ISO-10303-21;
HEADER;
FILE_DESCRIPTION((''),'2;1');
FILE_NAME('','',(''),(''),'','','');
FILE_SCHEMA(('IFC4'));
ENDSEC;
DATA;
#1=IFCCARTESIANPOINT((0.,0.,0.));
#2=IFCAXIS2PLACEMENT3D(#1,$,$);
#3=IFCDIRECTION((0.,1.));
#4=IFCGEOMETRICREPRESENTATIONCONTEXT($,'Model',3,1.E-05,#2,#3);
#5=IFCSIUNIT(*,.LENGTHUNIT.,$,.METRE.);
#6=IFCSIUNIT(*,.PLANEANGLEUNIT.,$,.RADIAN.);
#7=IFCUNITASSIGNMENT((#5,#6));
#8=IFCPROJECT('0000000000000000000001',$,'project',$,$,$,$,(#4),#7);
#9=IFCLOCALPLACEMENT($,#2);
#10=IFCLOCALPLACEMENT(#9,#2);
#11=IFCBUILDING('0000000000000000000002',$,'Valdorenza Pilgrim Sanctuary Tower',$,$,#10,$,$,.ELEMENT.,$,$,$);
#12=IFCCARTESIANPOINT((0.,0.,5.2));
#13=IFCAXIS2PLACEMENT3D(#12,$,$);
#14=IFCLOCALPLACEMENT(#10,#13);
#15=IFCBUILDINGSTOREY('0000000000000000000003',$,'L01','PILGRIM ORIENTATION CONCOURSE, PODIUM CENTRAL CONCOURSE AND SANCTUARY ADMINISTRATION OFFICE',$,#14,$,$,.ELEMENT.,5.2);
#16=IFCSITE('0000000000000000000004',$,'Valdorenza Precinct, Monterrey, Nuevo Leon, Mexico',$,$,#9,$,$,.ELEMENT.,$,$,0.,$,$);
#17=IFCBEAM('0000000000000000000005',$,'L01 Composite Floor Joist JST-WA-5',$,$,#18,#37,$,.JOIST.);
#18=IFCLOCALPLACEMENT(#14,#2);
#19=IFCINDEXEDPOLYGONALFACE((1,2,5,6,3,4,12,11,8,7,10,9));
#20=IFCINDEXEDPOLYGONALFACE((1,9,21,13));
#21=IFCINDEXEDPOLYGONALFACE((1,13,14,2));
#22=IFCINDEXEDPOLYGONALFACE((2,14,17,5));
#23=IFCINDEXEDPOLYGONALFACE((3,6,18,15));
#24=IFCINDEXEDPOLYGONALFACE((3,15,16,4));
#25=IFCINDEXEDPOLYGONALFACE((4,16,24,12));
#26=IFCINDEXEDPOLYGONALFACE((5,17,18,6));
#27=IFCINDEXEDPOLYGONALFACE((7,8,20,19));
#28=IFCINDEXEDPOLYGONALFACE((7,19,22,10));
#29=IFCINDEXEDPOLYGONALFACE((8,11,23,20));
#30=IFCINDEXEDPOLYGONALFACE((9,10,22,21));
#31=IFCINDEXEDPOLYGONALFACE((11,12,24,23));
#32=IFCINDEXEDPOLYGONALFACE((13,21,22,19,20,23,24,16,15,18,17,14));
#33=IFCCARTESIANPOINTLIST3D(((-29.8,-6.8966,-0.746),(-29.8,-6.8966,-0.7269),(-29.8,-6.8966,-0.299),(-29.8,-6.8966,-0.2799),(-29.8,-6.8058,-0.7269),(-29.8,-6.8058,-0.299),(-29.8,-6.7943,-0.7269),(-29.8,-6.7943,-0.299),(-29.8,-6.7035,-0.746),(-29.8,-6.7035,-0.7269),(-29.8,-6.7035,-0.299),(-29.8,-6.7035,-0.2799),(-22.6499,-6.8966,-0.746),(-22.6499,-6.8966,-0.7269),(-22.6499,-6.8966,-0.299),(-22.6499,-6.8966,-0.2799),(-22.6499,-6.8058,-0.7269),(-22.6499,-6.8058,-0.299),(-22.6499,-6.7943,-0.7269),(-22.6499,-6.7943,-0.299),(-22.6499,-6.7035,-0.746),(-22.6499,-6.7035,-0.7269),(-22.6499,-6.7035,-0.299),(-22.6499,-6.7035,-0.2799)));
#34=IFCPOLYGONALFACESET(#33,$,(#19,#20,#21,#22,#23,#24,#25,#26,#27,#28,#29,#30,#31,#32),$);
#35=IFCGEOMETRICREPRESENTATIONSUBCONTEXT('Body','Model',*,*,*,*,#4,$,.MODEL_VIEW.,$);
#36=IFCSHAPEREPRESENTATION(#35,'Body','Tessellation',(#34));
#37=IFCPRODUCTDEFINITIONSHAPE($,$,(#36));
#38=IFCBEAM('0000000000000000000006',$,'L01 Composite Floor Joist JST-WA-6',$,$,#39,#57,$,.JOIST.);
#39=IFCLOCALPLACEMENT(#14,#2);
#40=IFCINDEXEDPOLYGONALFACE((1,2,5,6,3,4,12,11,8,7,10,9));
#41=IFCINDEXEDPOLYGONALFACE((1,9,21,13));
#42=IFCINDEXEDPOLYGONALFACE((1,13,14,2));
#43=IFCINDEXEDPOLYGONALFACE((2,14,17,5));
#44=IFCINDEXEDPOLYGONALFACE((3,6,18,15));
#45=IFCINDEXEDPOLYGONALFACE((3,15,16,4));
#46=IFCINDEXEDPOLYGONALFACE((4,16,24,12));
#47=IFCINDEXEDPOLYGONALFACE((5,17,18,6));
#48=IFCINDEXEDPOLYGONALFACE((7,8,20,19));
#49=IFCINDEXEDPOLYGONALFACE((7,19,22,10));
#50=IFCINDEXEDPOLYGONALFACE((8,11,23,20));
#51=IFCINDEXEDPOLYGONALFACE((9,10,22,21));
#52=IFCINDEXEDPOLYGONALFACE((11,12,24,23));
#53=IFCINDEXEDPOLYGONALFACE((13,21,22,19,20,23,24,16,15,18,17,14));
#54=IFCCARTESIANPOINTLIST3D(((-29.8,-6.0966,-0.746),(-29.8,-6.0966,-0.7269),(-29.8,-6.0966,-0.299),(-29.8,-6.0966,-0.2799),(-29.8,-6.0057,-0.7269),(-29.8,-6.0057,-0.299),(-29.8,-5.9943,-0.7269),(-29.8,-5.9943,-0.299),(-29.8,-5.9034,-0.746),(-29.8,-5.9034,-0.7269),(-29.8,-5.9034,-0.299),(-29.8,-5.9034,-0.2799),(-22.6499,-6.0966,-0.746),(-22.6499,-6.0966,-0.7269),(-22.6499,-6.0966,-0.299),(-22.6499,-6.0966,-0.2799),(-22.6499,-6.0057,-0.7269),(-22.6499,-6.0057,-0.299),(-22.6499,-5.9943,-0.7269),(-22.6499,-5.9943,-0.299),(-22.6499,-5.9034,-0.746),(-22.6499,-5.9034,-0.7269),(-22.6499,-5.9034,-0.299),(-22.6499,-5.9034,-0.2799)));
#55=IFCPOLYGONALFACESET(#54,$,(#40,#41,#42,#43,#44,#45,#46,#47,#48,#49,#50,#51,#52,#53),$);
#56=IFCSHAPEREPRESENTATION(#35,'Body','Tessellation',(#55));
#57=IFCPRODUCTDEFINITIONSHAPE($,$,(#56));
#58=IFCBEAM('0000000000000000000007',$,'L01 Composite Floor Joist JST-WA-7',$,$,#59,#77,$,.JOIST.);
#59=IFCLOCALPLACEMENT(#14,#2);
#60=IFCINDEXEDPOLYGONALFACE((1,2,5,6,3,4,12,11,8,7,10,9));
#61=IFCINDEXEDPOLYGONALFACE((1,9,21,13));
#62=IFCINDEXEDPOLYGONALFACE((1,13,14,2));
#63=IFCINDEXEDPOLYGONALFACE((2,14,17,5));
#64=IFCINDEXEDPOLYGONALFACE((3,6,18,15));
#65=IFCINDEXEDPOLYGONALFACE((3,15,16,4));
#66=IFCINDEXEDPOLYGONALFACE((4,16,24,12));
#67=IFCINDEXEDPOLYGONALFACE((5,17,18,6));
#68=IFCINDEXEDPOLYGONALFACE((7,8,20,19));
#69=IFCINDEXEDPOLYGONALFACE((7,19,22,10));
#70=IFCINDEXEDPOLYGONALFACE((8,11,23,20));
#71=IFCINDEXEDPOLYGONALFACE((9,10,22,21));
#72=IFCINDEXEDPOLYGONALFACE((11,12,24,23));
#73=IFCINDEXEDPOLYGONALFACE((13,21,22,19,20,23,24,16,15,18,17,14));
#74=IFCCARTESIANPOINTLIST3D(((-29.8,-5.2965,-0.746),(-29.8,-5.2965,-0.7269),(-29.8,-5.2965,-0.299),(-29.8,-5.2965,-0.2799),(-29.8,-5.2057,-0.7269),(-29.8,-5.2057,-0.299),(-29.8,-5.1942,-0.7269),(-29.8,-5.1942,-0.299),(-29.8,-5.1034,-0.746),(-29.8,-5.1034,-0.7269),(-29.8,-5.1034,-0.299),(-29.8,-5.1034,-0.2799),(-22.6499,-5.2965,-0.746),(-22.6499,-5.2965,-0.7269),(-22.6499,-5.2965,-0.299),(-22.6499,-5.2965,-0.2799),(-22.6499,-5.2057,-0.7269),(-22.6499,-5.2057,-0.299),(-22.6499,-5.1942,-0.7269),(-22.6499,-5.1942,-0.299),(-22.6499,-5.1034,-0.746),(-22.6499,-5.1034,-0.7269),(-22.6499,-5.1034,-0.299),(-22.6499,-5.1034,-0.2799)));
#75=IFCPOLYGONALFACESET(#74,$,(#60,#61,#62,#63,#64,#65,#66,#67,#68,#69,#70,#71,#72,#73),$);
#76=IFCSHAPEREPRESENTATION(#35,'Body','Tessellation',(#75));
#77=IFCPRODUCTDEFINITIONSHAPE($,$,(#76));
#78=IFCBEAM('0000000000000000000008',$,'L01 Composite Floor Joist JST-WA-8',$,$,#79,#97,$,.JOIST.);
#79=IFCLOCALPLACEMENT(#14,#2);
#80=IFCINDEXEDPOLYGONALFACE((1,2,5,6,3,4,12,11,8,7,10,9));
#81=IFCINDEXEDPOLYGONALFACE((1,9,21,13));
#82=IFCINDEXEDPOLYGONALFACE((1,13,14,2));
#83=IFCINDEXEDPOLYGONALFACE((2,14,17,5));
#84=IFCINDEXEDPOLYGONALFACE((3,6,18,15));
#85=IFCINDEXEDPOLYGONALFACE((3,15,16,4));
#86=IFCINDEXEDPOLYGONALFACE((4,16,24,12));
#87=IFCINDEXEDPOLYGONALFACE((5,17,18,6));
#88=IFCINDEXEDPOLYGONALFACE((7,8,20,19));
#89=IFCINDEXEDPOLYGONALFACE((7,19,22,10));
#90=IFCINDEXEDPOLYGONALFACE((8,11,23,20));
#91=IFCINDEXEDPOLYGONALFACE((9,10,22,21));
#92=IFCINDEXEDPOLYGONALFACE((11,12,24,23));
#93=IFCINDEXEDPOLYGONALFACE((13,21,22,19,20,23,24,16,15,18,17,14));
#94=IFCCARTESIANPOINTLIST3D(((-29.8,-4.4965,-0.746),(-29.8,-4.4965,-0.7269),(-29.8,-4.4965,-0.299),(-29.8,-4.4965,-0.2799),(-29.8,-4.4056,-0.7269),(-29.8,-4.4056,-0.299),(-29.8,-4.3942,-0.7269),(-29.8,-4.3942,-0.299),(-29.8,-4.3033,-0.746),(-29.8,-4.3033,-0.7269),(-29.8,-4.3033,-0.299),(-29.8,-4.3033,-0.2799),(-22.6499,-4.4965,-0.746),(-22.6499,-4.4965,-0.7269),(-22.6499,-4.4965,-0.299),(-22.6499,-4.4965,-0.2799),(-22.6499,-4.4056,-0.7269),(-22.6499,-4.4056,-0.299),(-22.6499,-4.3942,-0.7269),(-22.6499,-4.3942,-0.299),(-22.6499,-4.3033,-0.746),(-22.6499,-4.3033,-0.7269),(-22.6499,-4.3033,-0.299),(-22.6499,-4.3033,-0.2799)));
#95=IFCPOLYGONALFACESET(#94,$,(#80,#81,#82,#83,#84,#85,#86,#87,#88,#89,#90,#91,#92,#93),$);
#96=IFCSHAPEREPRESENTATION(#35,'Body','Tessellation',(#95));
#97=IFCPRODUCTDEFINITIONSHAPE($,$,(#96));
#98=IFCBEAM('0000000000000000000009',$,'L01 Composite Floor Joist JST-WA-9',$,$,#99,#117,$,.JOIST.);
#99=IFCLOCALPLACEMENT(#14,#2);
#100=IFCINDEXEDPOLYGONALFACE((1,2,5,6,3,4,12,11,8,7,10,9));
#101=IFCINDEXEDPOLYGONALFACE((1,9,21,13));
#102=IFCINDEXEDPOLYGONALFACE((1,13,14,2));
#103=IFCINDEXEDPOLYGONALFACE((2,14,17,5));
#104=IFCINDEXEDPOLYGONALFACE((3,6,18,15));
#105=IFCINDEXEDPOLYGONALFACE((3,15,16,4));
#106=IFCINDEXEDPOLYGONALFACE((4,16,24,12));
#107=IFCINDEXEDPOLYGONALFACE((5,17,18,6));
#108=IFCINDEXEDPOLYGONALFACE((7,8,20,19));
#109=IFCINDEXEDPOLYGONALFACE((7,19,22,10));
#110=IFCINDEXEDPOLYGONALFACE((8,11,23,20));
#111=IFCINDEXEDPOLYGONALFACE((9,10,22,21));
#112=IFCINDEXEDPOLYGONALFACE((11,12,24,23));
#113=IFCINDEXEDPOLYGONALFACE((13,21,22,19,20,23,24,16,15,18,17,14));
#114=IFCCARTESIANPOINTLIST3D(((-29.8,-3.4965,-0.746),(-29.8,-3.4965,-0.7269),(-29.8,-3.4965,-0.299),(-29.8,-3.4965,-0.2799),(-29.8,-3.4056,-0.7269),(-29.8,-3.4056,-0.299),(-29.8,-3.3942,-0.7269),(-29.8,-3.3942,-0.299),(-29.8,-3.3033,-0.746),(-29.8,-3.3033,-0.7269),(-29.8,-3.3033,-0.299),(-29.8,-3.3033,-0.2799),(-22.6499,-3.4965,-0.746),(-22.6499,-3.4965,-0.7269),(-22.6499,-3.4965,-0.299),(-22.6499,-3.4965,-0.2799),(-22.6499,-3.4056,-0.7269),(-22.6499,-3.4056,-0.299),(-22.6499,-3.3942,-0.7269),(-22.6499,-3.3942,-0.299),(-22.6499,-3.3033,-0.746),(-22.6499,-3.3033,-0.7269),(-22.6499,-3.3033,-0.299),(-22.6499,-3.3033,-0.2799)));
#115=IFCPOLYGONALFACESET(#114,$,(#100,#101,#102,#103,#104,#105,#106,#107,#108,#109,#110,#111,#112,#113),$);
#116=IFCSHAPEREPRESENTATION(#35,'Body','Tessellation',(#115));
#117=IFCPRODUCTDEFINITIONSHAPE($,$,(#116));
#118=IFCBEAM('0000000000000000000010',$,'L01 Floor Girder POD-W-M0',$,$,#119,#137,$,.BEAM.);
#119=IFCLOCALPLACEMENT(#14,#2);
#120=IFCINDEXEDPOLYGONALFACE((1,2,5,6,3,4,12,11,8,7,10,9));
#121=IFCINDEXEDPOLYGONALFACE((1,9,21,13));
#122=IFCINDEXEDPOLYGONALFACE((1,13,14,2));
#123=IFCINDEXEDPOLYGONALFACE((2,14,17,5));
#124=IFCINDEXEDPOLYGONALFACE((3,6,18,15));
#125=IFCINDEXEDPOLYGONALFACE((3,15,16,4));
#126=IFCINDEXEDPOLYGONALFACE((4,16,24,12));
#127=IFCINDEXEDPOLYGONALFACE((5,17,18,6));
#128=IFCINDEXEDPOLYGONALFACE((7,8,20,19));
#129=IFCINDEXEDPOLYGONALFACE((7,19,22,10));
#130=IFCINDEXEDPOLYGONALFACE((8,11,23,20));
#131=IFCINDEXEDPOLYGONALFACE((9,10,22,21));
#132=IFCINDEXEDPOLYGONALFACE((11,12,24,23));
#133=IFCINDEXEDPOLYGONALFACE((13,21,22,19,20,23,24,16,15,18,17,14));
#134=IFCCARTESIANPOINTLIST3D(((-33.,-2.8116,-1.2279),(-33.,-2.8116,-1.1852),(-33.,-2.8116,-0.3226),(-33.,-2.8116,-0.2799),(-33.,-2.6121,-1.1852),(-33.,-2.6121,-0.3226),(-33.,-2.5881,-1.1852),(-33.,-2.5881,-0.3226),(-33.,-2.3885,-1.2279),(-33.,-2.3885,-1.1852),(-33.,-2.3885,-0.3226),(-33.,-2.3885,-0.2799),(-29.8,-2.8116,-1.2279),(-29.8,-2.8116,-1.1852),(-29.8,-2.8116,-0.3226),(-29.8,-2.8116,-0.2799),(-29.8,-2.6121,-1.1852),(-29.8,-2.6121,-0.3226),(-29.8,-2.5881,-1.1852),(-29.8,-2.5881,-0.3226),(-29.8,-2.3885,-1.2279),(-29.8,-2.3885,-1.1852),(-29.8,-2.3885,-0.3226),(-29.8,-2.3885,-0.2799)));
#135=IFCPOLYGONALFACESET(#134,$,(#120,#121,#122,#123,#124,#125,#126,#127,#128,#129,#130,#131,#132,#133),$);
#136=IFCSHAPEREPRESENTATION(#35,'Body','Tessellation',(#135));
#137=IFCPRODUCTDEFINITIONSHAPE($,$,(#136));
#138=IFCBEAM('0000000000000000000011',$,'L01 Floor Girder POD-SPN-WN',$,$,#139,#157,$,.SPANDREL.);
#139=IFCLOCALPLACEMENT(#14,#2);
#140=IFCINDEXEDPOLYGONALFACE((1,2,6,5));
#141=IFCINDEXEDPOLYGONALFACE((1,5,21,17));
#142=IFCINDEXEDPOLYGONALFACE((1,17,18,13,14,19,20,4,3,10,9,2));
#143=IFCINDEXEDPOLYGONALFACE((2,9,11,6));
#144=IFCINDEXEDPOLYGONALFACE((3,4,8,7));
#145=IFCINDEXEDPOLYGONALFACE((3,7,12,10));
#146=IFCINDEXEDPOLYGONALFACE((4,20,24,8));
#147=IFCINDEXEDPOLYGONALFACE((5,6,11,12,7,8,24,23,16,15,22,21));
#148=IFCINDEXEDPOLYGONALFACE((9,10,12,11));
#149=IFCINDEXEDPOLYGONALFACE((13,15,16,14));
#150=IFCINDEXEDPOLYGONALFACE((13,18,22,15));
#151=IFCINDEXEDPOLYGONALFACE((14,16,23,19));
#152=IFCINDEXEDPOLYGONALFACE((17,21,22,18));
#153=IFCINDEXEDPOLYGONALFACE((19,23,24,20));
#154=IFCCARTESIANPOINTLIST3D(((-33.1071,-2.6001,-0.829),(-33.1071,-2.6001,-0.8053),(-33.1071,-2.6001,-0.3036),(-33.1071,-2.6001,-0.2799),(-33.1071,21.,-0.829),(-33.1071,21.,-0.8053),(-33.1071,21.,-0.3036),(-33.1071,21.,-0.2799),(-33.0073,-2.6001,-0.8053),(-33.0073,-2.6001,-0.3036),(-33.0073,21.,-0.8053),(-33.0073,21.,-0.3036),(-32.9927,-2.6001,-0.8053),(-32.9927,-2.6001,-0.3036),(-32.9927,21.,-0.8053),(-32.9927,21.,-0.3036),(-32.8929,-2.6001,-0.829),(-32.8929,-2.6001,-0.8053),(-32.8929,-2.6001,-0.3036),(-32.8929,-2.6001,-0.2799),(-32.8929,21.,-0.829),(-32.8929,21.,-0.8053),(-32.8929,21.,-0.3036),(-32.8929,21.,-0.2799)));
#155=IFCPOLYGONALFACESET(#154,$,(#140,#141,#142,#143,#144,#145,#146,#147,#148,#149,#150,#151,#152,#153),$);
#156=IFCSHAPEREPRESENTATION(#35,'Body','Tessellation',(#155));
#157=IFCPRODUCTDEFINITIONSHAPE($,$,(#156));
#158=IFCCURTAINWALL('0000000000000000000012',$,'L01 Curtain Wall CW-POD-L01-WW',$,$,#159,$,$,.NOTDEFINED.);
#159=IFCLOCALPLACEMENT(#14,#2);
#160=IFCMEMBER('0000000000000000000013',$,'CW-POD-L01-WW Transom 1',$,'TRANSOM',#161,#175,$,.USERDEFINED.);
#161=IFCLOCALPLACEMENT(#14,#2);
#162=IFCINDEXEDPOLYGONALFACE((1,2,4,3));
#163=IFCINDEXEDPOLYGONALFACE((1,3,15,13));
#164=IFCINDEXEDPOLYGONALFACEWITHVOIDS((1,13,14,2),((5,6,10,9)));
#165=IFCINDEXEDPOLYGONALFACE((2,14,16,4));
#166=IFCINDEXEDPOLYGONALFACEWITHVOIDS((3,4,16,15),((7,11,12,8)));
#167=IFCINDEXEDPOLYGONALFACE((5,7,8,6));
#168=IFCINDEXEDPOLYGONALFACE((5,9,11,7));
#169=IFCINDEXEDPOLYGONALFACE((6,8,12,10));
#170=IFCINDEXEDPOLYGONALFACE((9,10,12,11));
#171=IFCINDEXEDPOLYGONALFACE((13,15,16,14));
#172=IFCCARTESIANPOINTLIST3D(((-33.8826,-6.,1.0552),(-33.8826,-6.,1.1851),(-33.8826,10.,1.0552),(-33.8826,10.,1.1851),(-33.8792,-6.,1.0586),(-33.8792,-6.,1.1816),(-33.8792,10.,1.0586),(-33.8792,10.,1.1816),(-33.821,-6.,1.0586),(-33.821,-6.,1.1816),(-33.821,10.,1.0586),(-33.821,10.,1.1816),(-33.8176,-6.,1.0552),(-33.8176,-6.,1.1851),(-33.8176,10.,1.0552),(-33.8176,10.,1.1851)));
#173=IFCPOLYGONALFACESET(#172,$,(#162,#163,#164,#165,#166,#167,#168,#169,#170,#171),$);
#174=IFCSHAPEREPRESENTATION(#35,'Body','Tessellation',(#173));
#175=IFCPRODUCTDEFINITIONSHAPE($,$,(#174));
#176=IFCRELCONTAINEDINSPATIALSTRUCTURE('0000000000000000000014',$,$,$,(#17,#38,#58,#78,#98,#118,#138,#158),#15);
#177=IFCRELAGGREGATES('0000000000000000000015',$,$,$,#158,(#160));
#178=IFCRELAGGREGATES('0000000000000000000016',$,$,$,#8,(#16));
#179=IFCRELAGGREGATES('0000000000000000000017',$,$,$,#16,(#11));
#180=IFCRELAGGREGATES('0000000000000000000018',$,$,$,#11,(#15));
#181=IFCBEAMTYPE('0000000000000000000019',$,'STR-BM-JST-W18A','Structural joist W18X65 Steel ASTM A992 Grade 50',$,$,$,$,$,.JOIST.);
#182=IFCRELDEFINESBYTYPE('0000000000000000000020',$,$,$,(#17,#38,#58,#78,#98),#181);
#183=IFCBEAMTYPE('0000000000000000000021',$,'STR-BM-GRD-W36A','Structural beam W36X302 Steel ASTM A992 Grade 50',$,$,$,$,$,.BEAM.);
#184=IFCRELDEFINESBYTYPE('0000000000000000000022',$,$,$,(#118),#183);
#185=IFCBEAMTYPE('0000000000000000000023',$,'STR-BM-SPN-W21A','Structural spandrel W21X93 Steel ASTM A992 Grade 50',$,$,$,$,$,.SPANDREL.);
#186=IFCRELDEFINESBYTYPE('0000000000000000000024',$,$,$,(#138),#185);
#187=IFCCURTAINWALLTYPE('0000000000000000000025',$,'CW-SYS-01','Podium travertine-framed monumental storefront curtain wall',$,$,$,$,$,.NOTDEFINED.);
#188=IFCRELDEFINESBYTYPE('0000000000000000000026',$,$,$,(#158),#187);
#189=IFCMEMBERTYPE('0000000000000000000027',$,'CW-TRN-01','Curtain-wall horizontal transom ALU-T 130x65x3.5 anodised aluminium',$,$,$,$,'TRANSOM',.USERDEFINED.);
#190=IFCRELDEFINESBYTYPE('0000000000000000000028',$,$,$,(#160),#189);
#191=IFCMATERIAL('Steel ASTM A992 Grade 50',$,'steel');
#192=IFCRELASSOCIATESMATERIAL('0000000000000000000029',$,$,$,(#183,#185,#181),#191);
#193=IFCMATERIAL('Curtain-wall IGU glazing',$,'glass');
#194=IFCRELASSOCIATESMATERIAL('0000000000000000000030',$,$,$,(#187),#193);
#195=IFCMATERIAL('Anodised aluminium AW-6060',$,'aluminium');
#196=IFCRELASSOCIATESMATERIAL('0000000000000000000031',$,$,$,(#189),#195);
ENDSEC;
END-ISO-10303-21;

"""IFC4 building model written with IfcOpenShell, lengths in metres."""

from ifc_helpers import new_model, si_unit, direction, frame, origin, origin_2d, place, context, subcontext, project, spatial, hollow_rectangle, i_section, extrude, source, transform, mapped, material, material_profile, profile_set, type_object, element, aggregate, save


model = new_model("IFC4")

# Units and contexts
model_context = context("Model", 3, precision=1e-05, world=origin(), true_north=direction((0.0, 1.0)))
body_context = subcontext(model_context, "Body", "Model", "MODEL_VIEW")
ifc_project = project(units=[si_unit("LENGTHUNIT", "METRE"), si_unit("PLANEANGLEUNIT", "RADIAN")], contexts=[model_context])

# Site, building, storey
site_placement = place(None, origin())
site = spatial("IfcSite", under=ifc_project, at=site_placement, Name="Valdorenza Precinct, Monterrey, Nuevo Leon, Mexico", CompositionType="ELEMENT", RefElevation=0.0)
building_placement = place(site_placement, origin())
building = spatial("IfcBuilding", under=site, at=building_placement, Name="Valdorenza Pilgrim Sanctuary Tower", CompositionType="ELEMENT")
storey_placement = place(building_placement, frame((0.0, 0.0, 5.2)))
storey = spatial("IfcBuildingStorey", under=building, at=storey_placement, Name="L01", Description="PILGRIM ORIENTATION CONCOURSE, PODIUM CENTRAL CONCOURSE AND SANCTUARY ADMINISTRATION OFFICE", CompositionType="ELEMENT", Elevation=5.2)

# Beams
ifc_material_1 = material(Name="Steel ASTM A992 Grade 50", Category="steel")
ifc_material_profile_1 = material_profile(ifc_material_1, i_section(OverallWidth=0.4231, OverallDepth=0.948, WebThickness=0.0239, FlangeThickness=0.0427, at=origin_2d()), Name="W36X302")
ifc_profile_set_1 = profile_set([ifc_material_profile_1], Name="Steel ASTM A992 Grade 50")
beam_type_1 = type_object("IfcBeamType", Name="STR-BM-GRD-W36A", Description="Structural beam W36X302 Steel ASTM A992 Grade 50", PredefinedType="BEAM", material=ifc_profile_set_1)
ifc_material_profile_2 = material_profile(ifc_material_1, i_section(OverallWidth=0.2141, OverallDepth=0.5491, WebThickness=0.0146, FlangeThickness=0.0237, at=origin_2d()), Name="W21X93")
ifc_profile_set_2 = profile_set([ifc_material_profile_2], Name="Steel ASTM A992 Grade 50")
beam_type_2 = type_object("IfcBeamType", Name="STR-BM-SPN-W21A", Description="Structural spandrel W21X93 Steel ASTM A992 Grade 50", PredefinedType="SPANDREL", material=ifc_profile_set_2)
ifc_material_profile_3 = material_profile(ifc_material_1, i_section(OverallWidth=0.1931, OverallDepth=0.4661, WebThickness=0.0115, FlangeThickness=0.019, at=origin_2d()), Name="W18X65")
ifc_profile_set_3 = profile_set([ifc_material_profile_3], Name="Steel ASTM A992 Grade 50")
beam_type_3 = type_object("IfcBeamType", Name="STR-BM-JST-W18A", Description="Structural joist W18X65 Steel ASTM A992 Grade 50", PredefinedType="JOIST", material=ifc_profile_set_3)
shared_shape_1 = source(origin(), body_context, "Body", "SweptSolid", [
    extrude(i_section(OverallWidth=0.1931, OverallDepth=0.4661, WebThickness=0.0115, FlangeThickness=0.019, at=origin_2d()), origin(), (0.0, 0.0, 1.0), 7.1501),
])
for number, where, z_axis, x_axis, name in (
    (1, (-29.8, -6.8, -0.5129), (1.0, 0.0, 0.0), (0.0, 1.0, 0.0), "L01 Composite Floor Joist JST-WA-5"),
    (2, (-29.8, -6.0, -0.5129), (1.0, 0.0, 0.0), (0.0, 1.0, 0.0), "L01 Composite Floor Joist JST-WA-6"),
    (3, (-29.8, -5.2, -0.5129), (1.0, 0.0, 0.0), (0.0, 1.0, 0.0), "L01 Composite Floor Joist JST-WA-7"),
    (4, (-29.8, -4.3999, -0.5129), (1.0, 0.0, 0.0), (0.0, 1.0, 0.0), "L01 Composite Floor Joist JST-WA-8"),
    (5, (-29.8, -3.3999, -0.5129), (1.0, 0.0, 0.0), (0.0, 1.0, 0.0), "L01 Composite Floor Joist JST-WA-9"),
):
    element("IfcBeam", number, at=place(storey_placement, frame(where, z_axis=z_axis, x_axis=x_axis)), inside=storey, type_object=beam_type_3, Name=name, PredefinedType="JOIST", context=body_context, shape_type="MappedRepresentation", body=[
        mapped(shared_shape_1, transform((0.0, 0.0, 0.0), x_axis=(1.0, 0.0, 0.0), y_axis=(0.0, 1.0, 0.0), z_axis=(0.0, 0.0, 1.0), scale=1.0)),
    ])
shared_shape_2 = source(origin(), body_context, "Body", "SweptSolid", [
    extrude(i_section(OverallWidth=0.4231, OverallDepth=0.948, WebThickness=0.0239, FlangeThickness=0.0427, at=origin_2d()), origin(), (0.0, 0.0, 1.0), 3.2),
])
beam_1_placement = place(storey_placement, frame((-33.0, -2.6001, -0.7539), z_axis=(1.0, 0.0, 0.0), x_axis=(0.0, 1.0, 0.0)))
element("IfcBeam", 6, at=beam_1_placement, inside=storey, type_object=beam_type_1, Name="L01 Floor Girder POD-W-M0", PredefinedType="BEAM", context=body_context, shape_type="MappedRepresentation", body=[
    mapped(shared_shape_2, transform((0.0, 0.0, 0.0), x_axis=(1.0, 0.0, 0.0), y_axis=(0.0, 1.0, 0.0), z_axis=(0.0, 0.0, 1.0), scale=1.0)),
])
shared_shape_3 = source(origin(), body_context, "Body", "SweptSolid", [
    extrude(i_section(OverallWidth=0.2141, OverallDepth=0.5491, WebThickness=0.0146, FlangeThickness=0.0237, at=origin_2d()), origin(), (0.0, 0.0, 1.0), 23.6001),
])
beam_2_placement = place(storey_placement, frame((-33.0, -2.6001, -0.5544), z_axis=(0.0, 1.0, 0.0), x_axis=(-1.0, 0.0, 0.0)))
element("IfcBeam", 7, at=beam_2_placement, inside=storey, type_object=beam_type_2, Name="L01 Floor Girder POD-SPN-WN", PredefinedType="SPANDREL", context=body_context, shape_type="MappedRepresentation", body=[
    mapped(shared_shape_3, transform((0.0, 0.0, 0.0), x_axis=(1.0, 0.0, 0.0), y_axis=(0.0, 1.0, 0.0), z_axis=(0.0, 0.0, 1.0), scale=1.0)),
])

# Curtain wall, member
ifc_material_2 = material(Name="Curtain-wall IGU glazing", Category="glass")
curtain_wall_type = type_object("IfcCurtainWallType", Name="CW-SYS-01", Description="Podium travertine-framed monumental storefront curtain wall", PredefinedType="NOTDEFINED", material=ifc_material_2)
curtain_wall_placement = place(storey_placement, origin())
curtain_wall = element("IfcCurtainWall", 8, at=curtain_wall_placement, inside=storey, type_object=curtain_wall_type, Name="L01 Curtain Wall CW-POD-L01-WW", PredefinedType="NOTDEFINED")
ifc_material_3 = material(Name="Anodised aluminium AW-6060", Category="aluminium")
ifc_material_profile_4 = material_profile(ifc_material_3, hollow_rectangle(XDim=0.0649, YDim=0.1299, WallThickness=0.0034, at=origin_2d()), Name="ALU-T 130x65x3.5")
ifc_profile_set_4 = profile_set([ifc_material_profile_4], Name="Anodised aluminium AW-6060")
member_type_1 = type_object("IfcMemberType", Name="CW-TRN-01", Description="Curtain-wall horizontal transom ALU-T 130x65x3.5 anodised aluminium", ElementType="TRANSOM", PredefinedType="USERDEFINED", material=ifc_profile_set_4)
shared_shape_4 = source(origin(), body_context, "Body", "SweptSolid", [
    extrude(hollow_rectangle(XDim=0.0649, YDim=0.1299, WallThickness=0.0034, at=origin_2d()), origin(), (0.0, 0.0, 1.0), 16.0),
])
member_1_placement = place(storey_placement, frame((-33.8501, -6.0, 1.1201), z_axis=(0.0, 1.0, 0.0), x_axis=(-1.0, 0.0, 0.0)))
member_1 = element("IfcMember", 9, at=member_1_placement, type_object=member_type_1, Name="CW-POD-L01-WW Transom 1", ObjectType="TRANSOM", PredefinedType="USERDEFINED", context=body_context, shape_type="MappedRepresentation", body=[
    mapped(shared_shape_4, transform((0.0, 0.0, 0.0), x_axis=(1.0, 0.0, 0.0), y_axis=(0.0, 1.0, 0.0), z_axis=(0.0, 0.0, 1.0), scale=1.0)),
])
aggregate(curtain_wall, [member_1])

save(model, "model.ifc")
